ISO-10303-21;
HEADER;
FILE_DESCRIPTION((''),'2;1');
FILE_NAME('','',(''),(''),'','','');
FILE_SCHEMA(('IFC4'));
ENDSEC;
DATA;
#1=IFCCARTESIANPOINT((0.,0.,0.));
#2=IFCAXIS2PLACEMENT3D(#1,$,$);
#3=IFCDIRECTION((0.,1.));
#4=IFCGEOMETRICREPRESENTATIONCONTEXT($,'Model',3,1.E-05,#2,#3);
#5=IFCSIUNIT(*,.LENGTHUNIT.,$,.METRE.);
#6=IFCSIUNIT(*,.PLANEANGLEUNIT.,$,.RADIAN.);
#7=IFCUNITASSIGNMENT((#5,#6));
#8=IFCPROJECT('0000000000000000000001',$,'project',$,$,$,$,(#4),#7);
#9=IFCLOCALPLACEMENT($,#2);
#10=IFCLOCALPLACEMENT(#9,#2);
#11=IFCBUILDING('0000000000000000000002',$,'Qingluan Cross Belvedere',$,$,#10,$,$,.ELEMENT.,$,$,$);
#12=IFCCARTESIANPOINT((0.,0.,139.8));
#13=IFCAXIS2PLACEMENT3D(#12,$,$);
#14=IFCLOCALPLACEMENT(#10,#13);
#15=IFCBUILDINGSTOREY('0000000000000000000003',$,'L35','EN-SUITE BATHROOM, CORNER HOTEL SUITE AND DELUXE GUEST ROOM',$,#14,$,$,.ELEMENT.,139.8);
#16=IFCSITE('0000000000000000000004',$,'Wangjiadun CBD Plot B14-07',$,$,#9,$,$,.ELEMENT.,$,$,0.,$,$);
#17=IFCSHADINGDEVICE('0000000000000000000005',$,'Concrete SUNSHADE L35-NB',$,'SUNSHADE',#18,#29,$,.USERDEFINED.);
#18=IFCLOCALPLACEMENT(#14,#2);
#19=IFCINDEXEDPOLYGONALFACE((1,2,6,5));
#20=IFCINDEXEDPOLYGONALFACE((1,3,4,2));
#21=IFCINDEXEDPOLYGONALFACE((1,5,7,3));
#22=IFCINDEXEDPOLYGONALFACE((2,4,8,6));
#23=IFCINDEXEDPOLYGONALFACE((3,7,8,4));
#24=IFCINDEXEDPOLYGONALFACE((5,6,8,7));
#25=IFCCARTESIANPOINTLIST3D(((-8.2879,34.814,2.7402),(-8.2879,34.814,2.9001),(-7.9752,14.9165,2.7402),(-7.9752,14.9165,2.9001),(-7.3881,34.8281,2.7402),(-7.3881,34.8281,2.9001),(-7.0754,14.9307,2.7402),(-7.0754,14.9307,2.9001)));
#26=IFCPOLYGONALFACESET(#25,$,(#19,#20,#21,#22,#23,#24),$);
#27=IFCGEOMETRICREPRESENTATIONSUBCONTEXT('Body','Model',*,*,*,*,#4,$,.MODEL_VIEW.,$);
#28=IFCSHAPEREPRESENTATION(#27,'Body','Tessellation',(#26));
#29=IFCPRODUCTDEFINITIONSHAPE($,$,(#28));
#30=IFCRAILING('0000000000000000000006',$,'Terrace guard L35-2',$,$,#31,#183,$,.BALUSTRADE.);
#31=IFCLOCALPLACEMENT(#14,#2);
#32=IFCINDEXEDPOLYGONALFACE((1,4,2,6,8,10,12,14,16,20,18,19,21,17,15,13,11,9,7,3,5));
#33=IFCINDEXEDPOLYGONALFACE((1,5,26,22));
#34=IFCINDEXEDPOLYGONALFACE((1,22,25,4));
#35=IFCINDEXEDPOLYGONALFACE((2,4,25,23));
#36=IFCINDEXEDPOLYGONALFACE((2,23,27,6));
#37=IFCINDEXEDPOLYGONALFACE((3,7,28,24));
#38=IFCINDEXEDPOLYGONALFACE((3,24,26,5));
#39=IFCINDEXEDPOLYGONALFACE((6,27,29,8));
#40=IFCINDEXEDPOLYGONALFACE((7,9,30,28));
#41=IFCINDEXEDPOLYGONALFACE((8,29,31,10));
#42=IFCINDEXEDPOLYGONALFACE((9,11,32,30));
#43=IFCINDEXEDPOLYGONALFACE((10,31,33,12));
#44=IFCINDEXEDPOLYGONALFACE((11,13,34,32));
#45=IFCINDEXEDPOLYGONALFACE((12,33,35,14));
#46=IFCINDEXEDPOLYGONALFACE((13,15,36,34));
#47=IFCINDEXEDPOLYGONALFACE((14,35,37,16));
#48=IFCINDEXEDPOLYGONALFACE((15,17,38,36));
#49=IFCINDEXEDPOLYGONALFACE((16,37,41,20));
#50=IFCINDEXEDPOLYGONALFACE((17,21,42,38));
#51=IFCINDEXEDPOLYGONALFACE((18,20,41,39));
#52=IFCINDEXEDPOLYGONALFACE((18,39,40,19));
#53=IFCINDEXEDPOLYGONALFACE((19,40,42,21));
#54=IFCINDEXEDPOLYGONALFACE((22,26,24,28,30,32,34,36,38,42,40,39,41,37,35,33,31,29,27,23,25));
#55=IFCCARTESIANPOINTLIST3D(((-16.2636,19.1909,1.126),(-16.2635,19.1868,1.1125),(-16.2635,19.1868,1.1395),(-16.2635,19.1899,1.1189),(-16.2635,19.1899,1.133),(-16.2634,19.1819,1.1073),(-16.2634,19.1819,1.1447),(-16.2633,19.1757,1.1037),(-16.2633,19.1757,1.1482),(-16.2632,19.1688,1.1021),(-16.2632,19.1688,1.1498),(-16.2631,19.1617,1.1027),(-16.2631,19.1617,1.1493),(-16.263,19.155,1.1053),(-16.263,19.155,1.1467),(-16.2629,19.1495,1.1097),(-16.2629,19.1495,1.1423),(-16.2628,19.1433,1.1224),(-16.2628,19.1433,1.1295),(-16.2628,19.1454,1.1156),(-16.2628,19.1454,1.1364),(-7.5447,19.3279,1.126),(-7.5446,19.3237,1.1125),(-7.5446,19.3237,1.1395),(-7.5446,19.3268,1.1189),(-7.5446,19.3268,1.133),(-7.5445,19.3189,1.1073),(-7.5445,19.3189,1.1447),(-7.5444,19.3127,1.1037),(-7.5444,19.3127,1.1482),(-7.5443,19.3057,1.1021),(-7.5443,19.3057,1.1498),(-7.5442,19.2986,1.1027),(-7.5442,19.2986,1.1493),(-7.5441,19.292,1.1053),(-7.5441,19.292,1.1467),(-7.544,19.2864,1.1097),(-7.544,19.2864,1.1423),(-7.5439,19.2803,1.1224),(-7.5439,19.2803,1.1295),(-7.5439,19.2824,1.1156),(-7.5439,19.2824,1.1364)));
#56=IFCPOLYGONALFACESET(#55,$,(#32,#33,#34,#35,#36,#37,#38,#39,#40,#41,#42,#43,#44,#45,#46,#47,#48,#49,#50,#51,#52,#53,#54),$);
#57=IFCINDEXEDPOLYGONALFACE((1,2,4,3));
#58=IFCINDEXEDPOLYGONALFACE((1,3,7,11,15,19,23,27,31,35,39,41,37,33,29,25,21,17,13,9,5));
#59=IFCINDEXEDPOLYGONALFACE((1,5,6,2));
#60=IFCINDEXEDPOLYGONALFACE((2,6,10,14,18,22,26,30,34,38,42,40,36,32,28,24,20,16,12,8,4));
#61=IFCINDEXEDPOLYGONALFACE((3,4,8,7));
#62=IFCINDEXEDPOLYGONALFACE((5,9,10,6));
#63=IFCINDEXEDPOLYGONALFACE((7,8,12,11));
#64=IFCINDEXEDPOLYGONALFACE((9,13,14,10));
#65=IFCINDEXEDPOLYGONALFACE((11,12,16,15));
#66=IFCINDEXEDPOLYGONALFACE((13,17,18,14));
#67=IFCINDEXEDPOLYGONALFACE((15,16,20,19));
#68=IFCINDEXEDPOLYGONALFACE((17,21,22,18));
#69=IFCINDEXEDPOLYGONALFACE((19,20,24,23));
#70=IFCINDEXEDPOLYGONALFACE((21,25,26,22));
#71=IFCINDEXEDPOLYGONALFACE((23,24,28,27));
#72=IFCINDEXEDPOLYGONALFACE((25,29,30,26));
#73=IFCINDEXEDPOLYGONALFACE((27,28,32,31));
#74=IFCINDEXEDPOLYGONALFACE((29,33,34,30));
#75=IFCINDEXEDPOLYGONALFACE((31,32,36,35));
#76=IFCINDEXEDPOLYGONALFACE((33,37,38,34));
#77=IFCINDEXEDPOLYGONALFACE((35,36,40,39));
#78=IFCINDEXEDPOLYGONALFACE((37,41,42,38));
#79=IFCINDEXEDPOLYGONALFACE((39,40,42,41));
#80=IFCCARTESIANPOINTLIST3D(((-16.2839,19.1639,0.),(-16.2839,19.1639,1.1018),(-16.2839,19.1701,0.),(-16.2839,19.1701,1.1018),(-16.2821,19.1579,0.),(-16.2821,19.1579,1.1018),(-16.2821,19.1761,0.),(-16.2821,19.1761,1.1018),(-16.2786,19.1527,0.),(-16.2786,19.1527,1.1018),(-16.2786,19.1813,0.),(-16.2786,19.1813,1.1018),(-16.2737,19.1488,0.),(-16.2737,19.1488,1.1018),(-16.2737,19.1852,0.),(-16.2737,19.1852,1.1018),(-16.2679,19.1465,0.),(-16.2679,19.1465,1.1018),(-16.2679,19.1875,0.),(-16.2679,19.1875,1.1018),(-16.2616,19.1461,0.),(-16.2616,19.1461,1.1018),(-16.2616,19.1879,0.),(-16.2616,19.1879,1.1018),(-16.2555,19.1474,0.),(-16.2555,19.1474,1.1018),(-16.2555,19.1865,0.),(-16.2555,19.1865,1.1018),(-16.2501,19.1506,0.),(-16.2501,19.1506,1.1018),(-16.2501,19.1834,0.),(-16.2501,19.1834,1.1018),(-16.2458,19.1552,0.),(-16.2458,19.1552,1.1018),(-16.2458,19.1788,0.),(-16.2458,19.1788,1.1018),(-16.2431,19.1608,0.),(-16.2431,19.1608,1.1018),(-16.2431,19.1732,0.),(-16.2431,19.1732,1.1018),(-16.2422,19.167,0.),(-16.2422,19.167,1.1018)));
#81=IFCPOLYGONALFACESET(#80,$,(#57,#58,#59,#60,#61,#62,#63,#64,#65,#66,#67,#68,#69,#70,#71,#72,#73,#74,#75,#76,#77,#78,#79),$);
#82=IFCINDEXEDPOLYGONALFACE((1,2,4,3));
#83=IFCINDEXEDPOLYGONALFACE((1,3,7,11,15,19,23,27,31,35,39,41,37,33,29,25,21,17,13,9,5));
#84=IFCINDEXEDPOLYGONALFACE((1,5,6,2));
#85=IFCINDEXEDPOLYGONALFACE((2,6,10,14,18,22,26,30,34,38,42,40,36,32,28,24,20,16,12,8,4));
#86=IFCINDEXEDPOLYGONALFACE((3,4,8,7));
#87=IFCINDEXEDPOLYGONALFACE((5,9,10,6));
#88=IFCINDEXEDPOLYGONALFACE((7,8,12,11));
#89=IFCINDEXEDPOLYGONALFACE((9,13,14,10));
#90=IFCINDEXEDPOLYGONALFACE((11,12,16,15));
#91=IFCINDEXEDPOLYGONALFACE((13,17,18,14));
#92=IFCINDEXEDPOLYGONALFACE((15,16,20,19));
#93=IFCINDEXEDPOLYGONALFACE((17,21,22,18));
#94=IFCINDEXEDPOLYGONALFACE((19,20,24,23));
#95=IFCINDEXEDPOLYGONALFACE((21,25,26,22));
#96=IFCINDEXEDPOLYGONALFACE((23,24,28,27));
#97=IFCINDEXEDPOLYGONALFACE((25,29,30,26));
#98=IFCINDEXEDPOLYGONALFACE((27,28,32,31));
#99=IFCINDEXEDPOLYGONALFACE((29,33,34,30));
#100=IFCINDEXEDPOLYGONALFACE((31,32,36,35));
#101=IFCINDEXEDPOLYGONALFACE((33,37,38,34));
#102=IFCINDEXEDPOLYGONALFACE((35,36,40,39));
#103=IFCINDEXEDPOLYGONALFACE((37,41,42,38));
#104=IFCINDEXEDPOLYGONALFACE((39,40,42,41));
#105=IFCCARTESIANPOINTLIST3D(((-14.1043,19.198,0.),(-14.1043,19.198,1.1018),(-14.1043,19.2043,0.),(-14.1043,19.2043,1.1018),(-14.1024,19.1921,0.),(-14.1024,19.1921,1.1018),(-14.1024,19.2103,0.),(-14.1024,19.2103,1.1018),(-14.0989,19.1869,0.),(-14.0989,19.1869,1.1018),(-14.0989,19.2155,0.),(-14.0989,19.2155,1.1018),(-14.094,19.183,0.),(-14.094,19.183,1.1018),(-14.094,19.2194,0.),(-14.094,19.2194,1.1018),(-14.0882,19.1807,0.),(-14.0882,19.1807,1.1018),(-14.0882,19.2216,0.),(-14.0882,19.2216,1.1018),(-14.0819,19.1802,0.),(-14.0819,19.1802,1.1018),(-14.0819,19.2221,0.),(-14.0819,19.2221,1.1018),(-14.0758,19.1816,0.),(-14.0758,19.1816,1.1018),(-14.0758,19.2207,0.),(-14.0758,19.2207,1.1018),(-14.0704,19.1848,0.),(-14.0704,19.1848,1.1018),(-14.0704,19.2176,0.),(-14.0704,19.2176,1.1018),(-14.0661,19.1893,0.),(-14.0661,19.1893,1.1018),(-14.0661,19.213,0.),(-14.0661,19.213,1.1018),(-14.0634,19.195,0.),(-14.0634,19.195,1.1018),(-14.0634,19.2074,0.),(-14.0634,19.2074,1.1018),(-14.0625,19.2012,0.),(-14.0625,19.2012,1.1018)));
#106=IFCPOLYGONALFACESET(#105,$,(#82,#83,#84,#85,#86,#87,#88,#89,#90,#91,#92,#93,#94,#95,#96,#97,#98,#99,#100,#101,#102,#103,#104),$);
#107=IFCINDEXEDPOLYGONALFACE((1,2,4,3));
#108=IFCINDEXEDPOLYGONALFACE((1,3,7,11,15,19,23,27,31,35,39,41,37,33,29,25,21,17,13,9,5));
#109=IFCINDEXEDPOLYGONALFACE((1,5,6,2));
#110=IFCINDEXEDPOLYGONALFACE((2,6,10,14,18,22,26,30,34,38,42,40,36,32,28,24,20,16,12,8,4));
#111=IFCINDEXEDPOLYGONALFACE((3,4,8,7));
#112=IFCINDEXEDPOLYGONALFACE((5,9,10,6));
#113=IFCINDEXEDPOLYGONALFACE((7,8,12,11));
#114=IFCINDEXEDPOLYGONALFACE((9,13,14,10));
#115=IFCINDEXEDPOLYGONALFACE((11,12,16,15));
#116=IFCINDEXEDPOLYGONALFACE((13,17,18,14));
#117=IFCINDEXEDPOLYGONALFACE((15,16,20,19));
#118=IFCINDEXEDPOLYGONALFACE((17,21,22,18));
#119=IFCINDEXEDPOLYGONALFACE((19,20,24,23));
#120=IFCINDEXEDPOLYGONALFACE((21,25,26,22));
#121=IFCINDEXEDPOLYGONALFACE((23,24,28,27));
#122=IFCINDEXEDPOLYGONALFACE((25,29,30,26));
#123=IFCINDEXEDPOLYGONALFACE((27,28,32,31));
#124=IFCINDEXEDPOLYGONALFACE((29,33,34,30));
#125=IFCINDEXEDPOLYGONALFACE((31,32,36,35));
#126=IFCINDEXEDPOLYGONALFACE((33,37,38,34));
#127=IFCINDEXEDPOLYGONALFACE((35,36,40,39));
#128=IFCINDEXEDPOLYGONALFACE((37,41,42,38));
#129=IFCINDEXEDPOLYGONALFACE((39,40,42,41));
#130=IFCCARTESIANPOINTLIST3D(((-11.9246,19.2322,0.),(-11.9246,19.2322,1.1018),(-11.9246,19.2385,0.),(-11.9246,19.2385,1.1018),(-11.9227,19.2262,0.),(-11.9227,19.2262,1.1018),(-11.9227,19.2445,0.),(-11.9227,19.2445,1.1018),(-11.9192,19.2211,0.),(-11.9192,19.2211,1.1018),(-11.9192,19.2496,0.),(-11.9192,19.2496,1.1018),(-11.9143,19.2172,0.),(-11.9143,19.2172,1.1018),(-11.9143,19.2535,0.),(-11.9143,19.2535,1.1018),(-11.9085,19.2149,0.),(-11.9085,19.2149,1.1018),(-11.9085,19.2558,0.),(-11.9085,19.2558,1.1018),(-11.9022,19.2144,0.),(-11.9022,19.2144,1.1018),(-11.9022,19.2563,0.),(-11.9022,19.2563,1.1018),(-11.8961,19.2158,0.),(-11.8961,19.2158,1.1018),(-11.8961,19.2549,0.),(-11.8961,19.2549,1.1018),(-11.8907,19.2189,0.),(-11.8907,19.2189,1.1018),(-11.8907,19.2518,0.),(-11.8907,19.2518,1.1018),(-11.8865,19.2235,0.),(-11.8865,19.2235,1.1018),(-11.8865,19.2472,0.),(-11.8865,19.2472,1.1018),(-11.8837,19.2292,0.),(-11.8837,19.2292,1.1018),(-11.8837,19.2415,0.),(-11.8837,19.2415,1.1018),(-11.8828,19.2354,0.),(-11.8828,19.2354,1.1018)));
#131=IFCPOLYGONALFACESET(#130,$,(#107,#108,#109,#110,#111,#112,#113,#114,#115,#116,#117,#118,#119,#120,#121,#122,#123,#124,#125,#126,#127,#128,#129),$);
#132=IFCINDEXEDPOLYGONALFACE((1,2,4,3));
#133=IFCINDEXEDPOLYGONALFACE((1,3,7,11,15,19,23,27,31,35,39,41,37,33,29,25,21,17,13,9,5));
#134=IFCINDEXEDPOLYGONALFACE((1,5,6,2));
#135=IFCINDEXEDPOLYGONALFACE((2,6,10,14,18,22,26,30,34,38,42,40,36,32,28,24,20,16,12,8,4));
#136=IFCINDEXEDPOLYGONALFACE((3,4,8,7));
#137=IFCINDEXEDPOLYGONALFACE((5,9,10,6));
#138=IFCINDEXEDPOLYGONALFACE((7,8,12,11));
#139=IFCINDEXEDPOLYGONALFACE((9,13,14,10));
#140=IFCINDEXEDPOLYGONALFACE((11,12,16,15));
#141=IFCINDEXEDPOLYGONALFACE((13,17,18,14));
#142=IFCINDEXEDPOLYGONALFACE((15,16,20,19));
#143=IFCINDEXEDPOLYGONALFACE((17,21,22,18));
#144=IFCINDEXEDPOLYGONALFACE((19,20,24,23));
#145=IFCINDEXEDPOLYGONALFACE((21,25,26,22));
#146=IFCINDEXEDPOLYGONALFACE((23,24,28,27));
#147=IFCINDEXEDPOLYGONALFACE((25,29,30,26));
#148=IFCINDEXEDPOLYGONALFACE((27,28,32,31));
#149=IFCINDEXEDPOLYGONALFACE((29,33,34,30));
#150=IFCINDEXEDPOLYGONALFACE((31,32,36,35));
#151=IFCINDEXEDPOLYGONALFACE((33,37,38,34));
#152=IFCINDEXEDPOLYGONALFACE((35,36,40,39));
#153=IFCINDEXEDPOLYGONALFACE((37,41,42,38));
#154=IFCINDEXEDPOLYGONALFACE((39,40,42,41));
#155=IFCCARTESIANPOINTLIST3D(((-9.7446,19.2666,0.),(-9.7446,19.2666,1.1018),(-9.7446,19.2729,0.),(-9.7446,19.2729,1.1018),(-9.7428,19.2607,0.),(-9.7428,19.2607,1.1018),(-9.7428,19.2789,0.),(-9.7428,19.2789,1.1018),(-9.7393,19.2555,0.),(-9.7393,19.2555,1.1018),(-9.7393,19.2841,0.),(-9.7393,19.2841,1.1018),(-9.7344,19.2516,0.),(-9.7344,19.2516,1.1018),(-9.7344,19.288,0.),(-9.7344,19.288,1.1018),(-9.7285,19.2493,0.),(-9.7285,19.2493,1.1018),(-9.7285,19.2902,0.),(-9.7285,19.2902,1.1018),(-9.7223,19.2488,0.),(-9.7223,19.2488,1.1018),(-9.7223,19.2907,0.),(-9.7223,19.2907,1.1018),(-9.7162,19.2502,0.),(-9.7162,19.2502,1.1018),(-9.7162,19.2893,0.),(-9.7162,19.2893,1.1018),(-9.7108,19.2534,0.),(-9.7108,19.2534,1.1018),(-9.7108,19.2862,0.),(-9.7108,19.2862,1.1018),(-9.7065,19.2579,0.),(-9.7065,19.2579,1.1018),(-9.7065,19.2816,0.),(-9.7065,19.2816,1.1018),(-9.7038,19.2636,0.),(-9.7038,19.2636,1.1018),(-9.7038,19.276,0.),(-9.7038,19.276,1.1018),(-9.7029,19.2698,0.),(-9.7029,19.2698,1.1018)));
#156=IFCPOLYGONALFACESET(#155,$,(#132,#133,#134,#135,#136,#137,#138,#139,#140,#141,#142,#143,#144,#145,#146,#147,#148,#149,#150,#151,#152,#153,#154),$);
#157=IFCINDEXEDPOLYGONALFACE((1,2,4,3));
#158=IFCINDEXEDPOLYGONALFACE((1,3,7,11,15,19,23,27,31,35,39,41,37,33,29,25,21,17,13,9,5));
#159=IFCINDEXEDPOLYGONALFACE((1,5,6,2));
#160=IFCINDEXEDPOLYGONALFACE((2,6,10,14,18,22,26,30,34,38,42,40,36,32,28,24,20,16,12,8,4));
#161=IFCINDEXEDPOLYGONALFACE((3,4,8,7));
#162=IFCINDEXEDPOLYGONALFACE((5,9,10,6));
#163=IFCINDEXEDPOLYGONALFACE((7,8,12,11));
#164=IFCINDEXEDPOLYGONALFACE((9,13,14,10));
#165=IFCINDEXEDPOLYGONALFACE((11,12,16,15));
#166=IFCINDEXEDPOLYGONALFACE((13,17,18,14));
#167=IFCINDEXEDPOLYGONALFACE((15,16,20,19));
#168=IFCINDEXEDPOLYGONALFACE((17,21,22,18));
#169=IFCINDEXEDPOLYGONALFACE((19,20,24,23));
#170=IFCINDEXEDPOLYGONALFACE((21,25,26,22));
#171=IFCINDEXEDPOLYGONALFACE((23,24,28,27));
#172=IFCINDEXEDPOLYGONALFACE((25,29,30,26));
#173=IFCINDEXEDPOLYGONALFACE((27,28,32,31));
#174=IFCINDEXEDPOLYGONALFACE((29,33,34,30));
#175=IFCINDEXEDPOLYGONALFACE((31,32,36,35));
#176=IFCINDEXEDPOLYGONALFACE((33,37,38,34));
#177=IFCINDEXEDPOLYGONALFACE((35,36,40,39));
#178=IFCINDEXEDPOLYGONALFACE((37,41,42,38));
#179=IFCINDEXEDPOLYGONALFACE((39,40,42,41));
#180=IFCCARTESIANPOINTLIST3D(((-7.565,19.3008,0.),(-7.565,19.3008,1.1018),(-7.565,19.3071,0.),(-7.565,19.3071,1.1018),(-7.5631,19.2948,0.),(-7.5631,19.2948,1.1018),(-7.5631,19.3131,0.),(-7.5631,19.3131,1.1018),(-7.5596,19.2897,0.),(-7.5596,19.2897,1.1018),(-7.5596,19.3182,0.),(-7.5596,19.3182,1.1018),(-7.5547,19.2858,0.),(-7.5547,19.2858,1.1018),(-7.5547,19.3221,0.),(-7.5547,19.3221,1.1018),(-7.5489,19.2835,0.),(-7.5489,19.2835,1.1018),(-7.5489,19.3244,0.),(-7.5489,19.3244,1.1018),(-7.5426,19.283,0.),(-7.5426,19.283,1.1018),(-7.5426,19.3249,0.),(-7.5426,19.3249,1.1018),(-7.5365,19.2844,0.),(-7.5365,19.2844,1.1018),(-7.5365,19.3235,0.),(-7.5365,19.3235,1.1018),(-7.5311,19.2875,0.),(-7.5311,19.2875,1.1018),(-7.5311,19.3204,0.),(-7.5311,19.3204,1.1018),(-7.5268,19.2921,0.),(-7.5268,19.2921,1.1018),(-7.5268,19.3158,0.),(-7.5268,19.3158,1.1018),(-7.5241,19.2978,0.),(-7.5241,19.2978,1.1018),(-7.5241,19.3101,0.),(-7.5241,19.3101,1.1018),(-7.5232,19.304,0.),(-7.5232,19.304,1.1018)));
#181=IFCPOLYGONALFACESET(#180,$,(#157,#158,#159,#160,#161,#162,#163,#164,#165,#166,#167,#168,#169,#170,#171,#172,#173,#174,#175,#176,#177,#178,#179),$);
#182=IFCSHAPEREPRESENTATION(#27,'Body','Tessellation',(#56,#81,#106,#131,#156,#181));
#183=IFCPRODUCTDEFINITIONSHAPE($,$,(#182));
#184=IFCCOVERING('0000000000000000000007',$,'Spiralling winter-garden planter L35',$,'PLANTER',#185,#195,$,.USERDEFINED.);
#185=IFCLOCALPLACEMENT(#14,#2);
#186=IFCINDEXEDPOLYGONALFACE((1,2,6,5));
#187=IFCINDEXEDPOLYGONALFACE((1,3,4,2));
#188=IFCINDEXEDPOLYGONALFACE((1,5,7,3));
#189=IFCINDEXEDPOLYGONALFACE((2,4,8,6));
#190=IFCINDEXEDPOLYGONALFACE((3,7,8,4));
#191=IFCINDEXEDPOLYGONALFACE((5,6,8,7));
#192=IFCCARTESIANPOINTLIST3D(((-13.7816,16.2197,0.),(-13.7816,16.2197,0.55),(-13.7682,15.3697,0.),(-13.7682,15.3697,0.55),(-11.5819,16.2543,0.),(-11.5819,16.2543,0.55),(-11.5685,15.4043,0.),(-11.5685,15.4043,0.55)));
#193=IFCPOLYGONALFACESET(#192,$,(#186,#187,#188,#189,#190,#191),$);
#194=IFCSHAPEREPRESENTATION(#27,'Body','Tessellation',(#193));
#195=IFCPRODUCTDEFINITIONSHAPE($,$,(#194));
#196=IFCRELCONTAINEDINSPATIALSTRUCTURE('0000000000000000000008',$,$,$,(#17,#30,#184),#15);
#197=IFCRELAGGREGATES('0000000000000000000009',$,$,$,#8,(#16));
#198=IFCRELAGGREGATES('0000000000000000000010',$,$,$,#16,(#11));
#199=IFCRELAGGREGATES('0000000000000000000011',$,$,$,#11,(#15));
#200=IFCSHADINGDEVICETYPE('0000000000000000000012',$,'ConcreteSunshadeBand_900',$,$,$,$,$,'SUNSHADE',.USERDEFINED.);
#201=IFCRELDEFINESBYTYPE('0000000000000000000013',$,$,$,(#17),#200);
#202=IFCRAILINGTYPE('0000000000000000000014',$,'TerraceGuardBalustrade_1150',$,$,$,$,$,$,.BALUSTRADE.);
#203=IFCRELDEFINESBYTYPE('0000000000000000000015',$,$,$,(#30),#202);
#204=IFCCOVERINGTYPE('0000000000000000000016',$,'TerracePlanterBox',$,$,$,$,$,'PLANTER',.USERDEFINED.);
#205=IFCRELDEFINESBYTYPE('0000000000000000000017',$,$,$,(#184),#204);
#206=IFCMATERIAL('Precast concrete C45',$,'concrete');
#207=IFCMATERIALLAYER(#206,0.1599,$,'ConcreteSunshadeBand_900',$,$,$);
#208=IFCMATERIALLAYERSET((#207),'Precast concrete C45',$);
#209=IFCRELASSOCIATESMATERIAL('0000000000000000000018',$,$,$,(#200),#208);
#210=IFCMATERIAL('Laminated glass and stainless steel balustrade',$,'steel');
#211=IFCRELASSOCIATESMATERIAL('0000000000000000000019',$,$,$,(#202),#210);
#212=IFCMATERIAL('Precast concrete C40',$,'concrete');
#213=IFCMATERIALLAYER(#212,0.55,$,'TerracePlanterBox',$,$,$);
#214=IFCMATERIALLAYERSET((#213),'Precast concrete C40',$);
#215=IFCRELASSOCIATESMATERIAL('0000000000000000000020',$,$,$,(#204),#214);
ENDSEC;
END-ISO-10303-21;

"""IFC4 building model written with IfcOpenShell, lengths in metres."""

from ifc_helpers import new_model, si_unit, direction, frame, origin, origin_2d, place, context, subcontext, project, spatial, rectangle, circle, extrude, material, layer, layer_set, type_object, element, save


model = new_model("IFC4")

# Units and contexts
model_context = context("Model", 3, precision=1e-05, world=origin(), true_north=direction((0.0, 1.0)))
body_context = subcontext(model_context, "Body", "Model", "MODEL_VIEW")
ifc_project = project(units=[si_unit("LENGTHUNIT", "METRE"), si_unit("PLANEANGLEUNIT", "RADIAN")], contexts=[model_context])

# Site, building, storey
site_placement = place(None, origin())
site = spatial("IfcSite", under=ifc_project, at=site_placement, Name="Wangjiadun CBD Plot B14-07", CompositionType="ELEMENT", RefElevation=0.0)
building_placement = place(site_placement, origin())
building = spatial("IfcBuilding", under=site, at=building_placement, Name="Qingluan Cross Belvedere", CompositionType="ELEMENT")
storey_placement = place(building_placement, frame((0.0, 0.0, 139.8)))
storey = spatial("IfcBuildingStorey", under=building, at=storey_placement, Name="L35", Description="EN-SUITE BATHROOM, CORNER HOTEL SUITE AND DELUXE GUEST ROOM", CompositionType="ELEMENT", Elevation=139.8)

# Shading device
ifc_material_1 = material(Name="Precast concrete C45", Category="concrete")
ifc_layer_1 = layer(ifc_material_1, 0.1599, Name="ConcreteSunshadeBand_900")
ifc_layer_set_1 = layer_set([ifc_layer_1], Name="Precast concrete C45")
shading_device_type = type_object("IfcShadingDeviceType", Name="ConcreteSunshadeBand_900", ElementType="SUNSHADE", PredefinedType="USERDEFINED", material=ifc_layer_set_1)
shading_device_placement = place(storey_placement, frame((-7.6816, 24.8723, 2.7402), z_axis=(0.0, 0.0, 1.0), x_axis=(0.015711, -0.999877, 0.0)))
element("IfcShadingDevice", 1, at=shading_device_placement, inside=storey, type_object=shading_device_type, Name="Concrete SUNSHADE L35-NB", ObjectType="SUNSHADE", PredefinedType="USERDEFINED", context=body_context, shape_type="SweptSolid", body=[
    extrude(rectangle(XDim=19.8999, YDim=0.8999, at=origin_2d()), origin(), (0.0, 0.0, 1.0), 0.1599),
])

# Railing
ifc_material_2 = material(Name="Laminated glass and stainless steel balustrade", Category="steel")
railing_type = type_object("IfcRailingType", Name="TerraceGuardBalustrade_1150", PredefinedType="BALUSTRADE", material=ifc_material_2)
railing_placement = place(storey_placement, frame((-16.2632, 19.167, 0.0)))
element("IfcRailing", 2, at=railing_placement, inside=storey, type_object=railing_type, Name="Terrace guard L35-2", PredefinedType="BALUSTRADE", context=body_context, shape_type="SweptSolid", body=[
    extrude(circle(Radius=0.0239, at=origin_2d()), frame((0.0, 0.0, 1.126), z_axis=(0.999877, 0.015707, 0.0), x_axis=(-0.015707, 0.999877, 0.0)), (0.0, 0.0, 1.0), 8.72),
    extrude(circle(Radius=0.021, at=origin_2d()), origin(), (0.0, 0.0, 1.0), 1.1018),
    extrude(circle(Radius=0.021, at=origin_2d()), frame((2.1797, 0.0342, 0.0)), (0.0, 0.0, 1.0), 1.1018),
    extrude(circle(Radius=0.021, at=origin_2d()), frame((4.3594, 0.0684, 0.0)), (0.0, 0.0, 1.0), 1.1018),
    extrude(circle(Radius=0.021, at=origin_2d()), frame((6.5393, 0.1028, 0.0)), (0.0, 0.0, 1.0), 1.1018),
    extrude(circle(Radius=0.021, at=origin_2d()), frame((8.719, 0.137, 0.0)), (0.0, 0.0, 1.0), 1.1018),
])

# Covering
ifc_material_3 = material(Name="Precast concrete C40", Category="concrete")
ifc_layer_2 = layer(ifc_material_3, 0.55, Name="TerracePlanterBox")
ifc_layer_set_2 = layer_set([ifc_layer_2], Name="Precast concrete C40")
covering_type_1 = type_object("IfcCoveringType", Name="TerracePlanterBox", ElementType="PLANTER", PredefinedType="USERDEFINED", material=ifc_layer_set_2)
covering_placement = place(storey_placement, frame((-12.675, 15.812, 0.0), z_axis=(0.0, 0.0, 1.0), x_axis=(0.999877, 0.015707, 0.0)))
element("IfcCovering", 3, at=covering_placement, inside=storey, type_object=covering_type_1, Name="Spiralling winter-garden planter L35", ObjectType="PLANTER", PredefinedType="USERDEFINED", context=body_context, shape_type="SweptSolid", body=[
    extrude(rectangle(XDim=2.2, YDim=0.8501, at=origin_2d()), origin(), (0.0, 0.0, 1.0), 0.55),
])

save(model, "model.ifc")
